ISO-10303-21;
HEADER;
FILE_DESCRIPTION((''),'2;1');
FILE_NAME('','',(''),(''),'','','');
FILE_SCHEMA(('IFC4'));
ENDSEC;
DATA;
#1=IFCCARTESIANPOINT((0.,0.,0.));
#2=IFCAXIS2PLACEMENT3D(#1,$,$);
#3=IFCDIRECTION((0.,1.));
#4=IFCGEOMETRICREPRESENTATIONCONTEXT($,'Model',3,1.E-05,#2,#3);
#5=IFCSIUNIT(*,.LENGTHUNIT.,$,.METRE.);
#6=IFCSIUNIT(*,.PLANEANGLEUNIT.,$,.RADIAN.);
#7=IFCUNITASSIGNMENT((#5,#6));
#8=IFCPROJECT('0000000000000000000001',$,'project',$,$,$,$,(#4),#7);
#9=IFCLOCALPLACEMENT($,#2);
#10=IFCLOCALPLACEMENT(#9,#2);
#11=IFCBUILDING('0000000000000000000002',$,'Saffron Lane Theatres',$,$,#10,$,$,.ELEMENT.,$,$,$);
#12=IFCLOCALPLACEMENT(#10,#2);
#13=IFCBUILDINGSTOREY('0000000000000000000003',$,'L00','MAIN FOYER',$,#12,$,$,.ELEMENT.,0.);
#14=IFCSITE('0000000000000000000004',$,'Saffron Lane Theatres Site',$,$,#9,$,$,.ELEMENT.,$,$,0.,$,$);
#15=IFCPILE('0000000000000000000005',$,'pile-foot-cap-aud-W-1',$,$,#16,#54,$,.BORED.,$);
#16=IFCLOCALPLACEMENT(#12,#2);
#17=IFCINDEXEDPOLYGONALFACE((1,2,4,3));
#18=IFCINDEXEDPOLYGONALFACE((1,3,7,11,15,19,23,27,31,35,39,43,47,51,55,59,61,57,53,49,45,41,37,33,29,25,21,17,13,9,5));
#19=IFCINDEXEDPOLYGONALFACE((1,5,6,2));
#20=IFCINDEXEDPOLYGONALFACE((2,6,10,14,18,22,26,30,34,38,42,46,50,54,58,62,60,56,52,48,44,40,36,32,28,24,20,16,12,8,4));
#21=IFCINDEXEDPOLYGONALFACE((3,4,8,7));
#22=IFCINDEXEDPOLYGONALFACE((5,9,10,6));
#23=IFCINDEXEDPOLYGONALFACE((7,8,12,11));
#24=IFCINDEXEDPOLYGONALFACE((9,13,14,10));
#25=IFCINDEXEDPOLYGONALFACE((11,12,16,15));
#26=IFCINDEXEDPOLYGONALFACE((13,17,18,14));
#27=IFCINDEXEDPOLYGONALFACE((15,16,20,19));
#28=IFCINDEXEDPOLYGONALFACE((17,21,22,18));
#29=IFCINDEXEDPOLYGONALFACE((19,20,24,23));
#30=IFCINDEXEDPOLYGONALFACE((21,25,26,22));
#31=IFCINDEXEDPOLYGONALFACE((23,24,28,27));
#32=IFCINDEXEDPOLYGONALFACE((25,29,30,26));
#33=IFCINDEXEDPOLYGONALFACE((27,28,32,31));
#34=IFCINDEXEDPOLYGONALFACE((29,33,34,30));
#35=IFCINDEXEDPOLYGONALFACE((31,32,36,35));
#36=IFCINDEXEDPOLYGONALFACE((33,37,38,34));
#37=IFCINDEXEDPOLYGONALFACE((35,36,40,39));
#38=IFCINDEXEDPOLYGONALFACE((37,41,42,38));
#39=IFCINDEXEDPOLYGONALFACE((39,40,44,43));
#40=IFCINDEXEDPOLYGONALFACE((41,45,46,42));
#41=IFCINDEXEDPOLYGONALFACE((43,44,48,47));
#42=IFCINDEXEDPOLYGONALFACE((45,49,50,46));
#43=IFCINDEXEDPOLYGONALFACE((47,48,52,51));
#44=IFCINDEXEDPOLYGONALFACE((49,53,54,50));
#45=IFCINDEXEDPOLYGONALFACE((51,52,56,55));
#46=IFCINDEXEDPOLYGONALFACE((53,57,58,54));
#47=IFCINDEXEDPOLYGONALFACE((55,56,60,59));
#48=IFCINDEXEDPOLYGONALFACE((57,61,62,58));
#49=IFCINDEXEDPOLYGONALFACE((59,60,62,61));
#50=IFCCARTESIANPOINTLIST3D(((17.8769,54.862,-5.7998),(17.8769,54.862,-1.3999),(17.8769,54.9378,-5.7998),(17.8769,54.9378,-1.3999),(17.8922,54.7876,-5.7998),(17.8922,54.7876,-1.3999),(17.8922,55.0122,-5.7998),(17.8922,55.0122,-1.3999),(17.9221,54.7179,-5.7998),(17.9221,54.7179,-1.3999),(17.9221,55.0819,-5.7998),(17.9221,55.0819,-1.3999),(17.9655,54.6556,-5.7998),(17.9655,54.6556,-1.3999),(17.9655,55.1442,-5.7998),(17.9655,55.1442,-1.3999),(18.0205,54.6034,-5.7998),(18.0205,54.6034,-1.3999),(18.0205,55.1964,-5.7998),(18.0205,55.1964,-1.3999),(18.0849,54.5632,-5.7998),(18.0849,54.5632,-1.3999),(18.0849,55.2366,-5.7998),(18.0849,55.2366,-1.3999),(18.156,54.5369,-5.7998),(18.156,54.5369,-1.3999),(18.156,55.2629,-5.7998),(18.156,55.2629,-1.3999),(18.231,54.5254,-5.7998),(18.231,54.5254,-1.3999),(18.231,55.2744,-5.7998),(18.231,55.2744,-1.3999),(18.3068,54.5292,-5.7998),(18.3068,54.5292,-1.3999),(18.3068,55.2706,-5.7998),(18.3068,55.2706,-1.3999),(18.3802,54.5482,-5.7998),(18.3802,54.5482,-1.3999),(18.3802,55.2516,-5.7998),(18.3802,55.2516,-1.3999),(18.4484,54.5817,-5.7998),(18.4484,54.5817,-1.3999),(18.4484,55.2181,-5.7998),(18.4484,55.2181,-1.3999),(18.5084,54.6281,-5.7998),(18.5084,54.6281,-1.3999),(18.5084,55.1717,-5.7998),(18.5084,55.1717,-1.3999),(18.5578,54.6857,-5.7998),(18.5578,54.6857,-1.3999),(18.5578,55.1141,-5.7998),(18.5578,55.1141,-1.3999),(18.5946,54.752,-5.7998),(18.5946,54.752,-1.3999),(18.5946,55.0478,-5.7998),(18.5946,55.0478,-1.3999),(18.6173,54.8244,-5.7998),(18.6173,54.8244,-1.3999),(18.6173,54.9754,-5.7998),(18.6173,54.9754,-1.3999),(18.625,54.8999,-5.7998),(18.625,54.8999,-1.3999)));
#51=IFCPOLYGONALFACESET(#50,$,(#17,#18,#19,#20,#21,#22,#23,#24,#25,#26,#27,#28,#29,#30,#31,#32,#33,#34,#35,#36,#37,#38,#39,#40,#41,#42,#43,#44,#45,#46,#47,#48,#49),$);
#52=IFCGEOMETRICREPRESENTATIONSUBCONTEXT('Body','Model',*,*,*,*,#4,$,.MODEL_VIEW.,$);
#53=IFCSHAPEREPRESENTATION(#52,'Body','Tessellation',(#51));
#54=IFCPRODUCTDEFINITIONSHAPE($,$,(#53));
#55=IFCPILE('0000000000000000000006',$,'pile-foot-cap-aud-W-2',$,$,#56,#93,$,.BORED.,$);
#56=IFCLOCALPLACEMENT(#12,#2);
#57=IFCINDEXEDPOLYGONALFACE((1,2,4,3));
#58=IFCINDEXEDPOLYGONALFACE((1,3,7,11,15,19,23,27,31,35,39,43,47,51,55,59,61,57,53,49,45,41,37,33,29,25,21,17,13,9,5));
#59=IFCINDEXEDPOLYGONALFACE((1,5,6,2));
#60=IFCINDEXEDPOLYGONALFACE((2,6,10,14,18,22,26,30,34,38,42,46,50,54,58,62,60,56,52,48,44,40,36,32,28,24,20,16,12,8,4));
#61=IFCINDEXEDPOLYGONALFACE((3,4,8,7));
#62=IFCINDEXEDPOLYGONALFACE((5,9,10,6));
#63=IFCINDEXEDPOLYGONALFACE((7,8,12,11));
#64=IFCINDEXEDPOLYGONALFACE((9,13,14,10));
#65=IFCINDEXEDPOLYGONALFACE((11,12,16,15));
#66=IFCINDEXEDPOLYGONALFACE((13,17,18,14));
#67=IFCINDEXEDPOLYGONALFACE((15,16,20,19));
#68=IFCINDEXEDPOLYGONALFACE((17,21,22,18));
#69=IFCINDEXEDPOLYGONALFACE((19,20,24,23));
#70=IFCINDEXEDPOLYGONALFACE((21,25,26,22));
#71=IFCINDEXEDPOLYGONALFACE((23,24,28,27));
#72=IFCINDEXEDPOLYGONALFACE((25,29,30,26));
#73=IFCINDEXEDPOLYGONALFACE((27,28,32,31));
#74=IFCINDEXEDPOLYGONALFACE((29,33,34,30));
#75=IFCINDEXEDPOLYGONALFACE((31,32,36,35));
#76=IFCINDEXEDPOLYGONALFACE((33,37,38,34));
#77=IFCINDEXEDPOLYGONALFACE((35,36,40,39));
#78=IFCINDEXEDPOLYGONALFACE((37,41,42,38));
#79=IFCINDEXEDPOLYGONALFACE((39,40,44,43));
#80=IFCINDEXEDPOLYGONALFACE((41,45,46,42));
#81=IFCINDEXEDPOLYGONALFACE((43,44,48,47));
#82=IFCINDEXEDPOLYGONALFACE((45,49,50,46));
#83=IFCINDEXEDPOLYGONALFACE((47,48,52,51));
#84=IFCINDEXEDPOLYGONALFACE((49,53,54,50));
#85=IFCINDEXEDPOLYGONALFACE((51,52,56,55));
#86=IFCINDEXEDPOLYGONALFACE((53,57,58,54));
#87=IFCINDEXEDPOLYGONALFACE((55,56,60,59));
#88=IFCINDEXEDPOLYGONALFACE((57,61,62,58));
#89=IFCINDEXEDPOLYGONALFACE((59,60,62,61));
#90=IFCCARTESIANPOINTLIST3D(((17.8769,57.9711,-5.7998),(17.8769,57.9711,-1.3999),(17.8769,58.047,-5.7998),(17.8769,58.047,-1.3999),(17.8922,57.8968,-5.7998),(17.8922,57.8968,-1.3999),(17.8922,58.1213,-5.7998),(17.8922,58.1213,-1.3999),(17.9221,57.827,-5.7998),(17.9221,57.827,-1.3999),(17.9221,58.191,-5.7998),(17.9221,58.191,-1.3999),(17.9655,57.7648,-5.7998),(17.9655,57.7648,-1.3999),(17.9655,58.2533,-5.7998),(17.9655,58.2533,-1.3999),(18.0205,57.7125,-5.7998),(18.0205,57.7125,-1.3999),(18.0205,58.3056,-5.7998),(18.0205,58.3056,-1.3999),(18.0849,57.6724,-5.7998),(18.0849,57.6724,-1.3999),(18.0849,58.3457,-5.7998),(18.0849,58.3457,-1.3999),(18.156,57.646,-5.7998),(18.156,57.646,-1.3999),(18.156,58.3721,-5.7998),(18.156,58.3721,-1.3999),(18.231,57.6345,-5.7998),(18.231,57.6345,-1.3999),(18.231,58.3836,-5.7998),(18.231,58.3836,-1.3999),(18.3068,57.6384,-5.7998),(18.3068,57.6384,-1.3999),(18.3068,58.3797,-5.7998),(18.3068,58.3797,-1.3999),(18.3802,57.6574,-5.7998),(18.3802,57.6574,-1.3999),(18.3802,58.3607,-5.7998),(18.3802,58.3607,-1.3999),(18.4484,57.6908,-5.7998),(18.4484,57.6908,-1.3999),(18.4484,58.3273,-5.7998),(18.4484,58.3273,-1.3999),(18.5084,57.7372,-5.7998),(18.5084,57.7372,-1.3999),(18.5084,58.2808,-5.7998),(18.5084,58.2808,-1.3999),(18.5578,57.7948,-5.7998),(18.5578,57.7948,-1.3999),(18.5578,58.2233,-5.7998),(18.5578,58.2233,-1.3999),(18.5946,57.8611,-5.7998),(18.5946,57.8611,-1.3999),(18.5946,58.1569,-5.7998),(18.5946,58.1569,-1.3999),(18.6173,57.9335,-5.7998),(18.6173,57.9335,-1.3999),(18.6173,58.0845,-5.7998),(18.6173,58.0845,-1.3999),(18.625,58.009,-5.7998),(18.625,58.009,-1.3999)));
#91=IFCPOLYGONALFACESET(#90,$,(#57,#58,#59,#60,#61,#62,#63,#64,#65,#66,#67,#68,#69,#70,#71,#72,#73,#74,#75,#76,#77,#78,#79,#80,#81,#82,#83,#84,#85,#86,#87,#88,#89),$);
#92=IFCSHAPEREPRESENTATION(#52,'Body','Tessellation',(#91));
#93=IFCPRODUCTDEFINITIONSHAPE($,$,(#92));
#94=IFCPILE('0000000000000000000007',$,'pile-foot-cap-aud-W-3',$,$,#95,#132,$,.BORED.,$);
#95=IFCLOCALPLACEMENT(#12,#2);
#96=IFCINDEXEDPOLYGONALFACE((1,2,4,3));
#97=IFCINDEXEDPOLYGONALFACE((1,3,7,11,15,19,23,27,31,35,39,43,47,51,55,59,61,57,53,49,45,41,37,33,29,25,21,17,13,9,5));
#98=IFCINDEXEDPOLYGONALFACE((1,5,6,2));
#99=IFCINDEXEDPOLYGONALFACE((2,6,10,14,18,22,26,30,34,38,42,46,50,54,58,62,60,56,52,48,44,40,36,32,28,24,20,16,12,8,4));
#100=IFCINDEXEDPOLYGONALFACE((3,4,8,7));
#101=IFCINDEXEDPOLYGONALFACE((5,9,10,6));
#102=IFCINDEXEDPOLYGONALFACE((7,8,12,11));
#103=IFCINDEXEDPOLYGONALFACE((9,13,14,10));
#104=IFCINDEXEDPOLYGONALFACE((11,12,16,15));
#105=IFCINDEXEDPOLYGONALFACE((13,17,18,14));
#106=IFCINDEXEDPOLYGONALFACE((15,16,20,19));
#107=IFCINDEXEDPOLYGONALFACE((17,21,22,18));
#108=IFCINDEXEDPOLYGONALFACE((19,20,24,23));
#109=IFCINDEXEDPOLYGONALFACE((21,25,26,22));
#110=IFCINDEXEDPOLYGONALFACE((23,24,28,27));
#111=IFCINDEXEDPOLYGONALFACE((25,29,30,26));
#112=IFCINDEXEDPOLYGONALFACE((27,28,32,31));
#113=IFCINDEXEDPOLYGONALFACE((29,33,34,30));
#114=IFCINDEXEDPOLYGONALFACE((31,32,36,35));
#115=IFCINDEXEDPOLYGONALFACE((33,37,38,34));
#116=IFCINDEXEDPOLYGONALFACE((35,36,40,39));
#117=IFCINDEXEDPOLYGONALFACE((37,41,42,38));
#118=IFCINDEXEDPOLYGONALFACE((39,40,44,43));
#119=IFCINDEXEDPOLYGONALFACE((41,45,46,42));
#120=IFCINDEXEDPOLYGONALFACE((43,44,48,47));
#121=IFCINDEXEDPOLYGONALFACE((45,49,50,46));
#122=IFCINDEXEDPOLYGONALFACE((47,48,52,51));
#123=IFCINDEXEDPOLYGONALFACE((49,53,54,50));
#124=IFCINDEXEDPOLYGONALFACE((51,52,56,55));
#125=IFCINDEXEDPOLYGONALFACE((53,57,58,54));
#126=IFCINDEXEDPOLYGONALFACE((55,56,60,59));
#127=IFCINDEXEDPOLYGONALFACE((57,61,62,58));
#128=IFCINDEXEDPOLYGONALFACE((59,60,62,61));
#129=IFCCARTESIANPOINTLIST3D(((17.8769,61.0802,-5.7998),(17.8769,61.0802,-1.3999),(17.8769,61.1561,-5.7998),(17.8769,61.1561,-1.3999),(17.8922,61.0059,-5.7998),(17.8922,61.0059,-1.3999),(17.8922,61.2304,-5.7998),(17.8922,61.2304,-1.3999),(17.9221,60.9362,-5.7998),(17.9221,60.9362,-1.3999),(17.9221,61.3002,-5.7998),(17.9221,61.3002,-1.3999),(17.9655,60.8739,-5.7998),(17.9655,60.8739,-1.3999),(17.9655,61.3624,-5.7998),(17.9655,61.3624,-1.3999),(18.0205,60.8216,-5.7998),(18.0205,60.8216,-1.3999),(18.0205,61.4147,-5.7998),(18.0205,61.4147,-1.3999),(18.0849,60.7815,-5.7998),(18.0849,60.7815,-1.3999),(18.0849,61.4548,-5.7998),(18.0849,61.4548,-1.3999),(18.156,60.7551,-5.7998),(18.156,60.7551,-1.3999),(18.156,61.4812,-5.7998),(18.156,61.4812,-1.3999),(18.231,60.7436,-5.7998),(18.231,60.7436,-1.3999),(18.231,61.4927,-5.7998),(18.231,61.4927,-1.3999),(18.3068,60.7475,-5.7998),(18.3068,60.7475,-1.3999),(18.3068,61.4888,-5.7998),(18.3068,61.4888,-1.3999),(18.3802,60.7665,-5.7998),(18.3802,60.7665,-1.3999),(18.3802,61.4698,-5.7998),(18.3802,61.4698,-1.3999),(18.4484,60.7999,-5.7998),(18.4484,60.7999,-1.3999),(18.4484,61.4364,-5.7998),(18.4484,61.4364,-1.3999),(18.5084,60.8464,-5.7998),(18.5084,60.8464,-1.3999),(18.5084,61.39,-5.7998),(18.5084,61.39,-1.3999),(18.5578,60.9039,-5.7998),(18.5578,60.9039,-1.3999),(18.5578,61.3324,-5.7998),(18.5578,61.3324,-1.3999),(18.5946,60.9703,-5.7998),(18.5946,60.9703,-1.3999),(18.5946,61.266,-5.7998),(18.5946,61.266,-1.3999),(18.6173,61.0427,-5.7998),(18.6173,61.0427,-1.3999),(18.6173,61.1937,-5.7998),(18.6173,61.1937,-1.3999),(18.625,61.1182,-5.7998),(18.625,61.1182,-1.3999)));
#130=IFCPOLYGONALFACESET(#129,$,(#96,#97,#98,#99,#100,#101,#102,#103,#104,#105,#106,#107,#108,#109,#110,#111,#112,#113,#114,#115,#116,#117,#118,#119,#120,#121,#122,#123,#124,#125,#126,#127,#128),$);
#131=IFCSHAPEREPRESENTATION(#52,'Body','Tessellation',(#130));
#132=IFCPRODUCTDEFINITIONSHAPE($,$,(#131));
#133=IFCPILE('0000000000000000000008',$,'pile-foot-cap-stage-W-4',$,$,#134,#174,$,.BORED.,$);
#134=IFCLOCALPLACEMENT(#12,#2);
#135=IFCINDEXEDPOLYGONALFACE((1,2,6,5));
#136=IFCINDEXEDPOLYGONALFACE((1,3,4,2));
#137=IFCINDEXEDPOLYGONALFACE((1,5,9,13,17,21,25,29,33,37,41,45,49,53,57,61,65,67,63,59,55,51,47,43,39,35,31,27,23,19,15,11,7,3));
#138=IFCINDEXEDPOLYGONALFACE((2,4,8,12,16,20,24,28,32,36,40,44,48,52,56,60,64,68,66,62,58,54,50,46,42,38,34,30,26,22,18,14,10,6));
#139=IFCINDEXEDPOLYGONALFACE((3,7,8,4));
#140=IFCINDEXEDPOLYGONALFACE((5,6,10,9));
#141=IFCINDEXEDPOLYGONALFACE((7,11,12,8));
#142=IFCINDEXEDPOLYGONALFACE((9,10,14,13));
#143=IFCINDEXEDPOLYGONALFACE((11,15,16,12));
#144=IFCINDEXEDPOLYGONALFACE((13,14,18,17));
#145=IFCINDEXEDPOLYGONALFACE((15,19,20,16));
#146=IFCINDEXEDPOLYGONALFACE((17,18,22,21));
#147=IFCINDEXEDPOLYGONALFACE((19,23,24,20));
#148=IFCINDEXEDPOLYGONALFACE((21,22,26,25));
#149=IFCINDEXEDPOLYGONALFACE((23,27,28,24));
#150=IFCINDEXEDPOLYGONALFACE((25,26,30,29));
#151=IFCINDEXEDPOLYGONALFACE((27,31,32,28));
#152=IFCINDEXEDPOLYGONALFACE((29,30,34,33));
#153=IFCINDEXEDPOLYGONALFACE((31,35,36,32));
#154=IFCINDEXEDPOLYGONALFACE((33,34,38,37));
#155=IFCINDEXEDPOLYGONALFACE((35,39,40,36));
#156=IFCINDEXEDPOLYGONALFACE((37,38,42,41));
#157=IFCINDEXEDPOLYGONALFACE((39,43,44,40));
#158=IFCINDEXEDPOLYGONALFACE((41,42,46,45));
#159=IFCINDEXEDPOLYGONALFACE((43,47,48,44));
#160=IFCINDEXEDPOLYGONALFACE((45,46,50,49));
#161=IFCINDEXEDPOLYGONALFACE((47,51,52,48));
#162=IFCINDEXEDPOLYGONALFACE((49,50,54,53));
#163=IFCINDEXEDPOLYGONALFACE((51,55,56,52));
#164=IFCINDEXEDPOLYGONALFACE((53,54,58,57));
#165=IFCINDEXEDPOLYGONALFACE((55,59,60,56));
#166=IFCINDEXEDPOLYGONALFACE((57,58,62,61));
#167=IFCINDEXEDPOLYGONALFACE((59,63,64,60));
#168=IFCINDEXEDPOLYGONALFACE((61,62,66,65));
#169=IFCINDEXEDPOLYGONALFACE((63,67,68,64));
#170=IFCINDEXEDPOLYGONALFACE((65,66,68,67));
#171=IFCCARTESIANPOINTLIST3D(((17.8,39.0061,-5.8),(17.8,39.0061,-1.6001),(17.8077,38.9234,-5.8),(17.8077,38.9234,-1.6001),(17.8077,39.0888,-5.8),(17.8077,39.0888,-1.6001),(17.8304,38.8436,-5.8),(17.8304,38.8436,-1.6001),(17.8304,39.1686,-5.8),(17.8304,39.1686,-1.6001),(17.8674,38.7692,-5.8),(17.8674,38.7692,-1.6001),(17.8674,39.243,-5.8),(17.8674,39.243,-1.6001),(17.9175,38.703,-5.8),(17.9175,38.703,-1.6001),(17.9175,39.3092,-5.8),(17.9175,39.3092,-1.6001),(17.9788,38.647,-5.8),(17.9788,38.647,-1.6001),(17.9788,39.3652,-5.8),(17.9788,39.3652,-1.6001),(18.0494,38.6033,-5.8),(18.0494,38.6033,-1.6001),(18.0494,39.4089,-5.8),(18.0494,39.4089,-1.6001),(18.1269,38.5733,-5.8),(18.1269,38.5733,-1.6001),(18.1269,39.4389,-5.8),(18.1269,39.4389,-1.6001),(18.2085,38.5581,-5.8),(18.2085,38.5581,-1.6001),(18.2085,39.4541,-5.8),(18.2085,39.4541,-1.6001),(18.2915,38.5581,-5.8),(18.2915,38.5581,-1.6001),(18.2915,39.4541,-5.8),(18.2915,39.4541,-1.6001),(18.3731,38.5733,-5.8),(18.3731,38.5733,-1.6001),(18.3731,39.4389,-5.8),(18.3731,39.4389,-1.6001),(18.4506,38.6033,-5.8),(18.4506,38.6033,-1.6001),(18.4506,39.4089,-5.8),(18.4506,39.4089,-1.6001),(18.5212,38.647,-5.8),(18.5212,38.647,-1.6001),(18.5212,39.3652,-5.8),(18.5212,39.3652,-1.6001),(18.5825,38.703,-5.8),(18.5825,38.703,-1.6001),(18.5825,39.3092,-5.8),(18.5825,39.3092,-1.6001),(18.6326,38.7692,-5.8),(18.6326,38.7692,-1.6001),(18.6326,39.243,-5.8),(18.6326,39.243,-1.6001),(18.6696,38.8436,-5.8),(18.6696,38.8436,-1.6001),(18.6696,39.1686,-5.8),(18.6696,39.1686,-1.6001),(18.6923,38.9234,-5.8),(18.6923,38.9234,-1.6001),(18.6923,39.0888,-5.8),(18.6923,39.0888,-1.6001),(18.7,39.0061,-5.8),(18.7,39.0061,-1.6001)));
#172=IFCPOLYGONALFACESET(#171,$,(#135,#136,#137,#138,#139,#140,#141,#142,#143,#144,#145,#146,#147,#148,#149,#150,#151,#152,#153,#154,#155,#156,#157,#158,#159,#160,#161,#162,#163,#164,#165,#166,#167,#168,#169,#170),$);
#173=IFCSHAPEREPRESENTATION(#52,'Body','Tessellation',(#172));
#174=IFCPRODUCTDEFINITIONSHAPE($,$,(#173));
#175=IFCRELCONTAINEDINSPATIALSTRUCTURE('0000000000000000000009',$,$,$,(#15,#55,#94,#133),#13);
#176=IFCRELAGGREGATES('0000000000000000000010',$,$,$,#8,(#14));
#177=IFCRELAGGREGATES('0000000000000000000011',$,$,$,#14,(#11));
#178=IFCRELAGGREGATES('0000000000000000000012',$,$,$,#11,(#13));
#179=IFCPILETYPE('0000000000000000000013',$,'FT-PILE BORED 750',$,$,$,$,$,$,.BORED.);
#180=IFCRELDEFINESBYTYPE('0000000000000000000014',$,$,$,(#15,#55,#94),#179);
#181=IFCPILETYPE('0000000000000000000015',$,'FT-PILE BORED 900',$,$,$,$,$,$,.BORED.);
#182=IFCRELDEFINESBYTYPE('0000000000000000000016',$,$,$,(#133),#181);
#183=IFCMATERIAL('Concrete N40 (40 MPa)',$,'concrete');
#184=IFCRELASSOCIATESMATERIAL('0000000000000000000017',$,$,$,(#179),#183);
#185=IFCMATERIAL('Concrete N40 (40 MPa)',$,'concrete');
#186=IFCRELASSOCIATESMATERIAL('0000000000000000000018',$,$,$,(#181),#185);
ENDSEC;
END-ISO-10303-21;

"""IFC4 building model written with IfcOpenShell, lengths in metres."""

from ifc_helpers import new_model, si_unit, direction, frame, origin, origin_2d, place, context, subcontext, project, spatial, circle, extrude, material, material_profile, profile_set, type_object, element, save


model = new_model("IFC4")

# Units and contexts
model_context = context("Model", 3, precision=1e-05, world=origin(), true_north=direction((0.0, 1.0)))
body_context = subcontext(model_context, "Body", "Model", "MODEL_VIEW")
ifc_project = project(units=[si_unit("LENGTHUNIT", "METRE"), si_unit("PLANEANGLEUNIT", "RADIAN")], contexts=[model_context])

# Site, building, storey
site_placement = place(None, origin())
site = spatial("IfcSite", under=ifc_project, at=site_placement, Name="Saffron Lane Theatres Site", CompositionType="ELEMENT", RefElevation=0.0)
building_placement = place(site_placement, origin())
building = spatial("IfcBuilding", under=site, at=building_placement, Name="Saffron Lane Theatres", CompositionType="ELEMENT")
storey_placement = place(building_placement, origin())
storey = spatial("IfcBuildingStorey", under=building, at=storey_placement, Name="L00", Description="MAIN FOYER", CompositionType="ELEMENT", Elevation=0.0)

# Piles
ifc_material_1 = material(Name="Concrete N40 (40 MPa)", Category="concrete")
ifc_material_profile_1 = material_profile(ifc_material_1, circle(Radius=0.375, at=origin_2d()))
ifc_profile_set_1 = profile_set([ifc_material_profile_1], Name="Concrete N40 (40 MPa)")
pile_type_1 = type_object("IfcPileType", Name="FT-PILE BORED 750", PredefinedType="BORED", material=ifc_profile_set_1)
for number, where, z_axis, x_axis, name in (
    (1, (18.25, 54.8999, -1.3999), (0.0, 0.0, -1.0), (1.0, 0.0, 0.0), "pile-foot-cap-aud-W-1"),
    (2, (18.25, 58.009, -1.3999), (0.0, 0.0, -1.0), (1.0, 0.0, 0.0), "pile-foot-cap-aud-W-2"),
    (3, (18.25, 61.1182, -1.3999), (0.0, 0.0, -1.0), (1.0, 0.0, 0.0), "pile-foot-cap-aud-W-3"),
):
    element("IfcPile", number, at=place(storey_placement, frame(where, z_axis=z_axis, x_axis=x_axis)), inside=storey, type_object=pile_type_1, Name=name, PredefinedType="BORED", context=body_context, shape_type="SweptSolid", body=[
        extrude(circle(Radius=0.375, at=origin_2d()), origin(), (0.0, 0.0, 1.0), 4.3999),
    ])
ifc_material_2 = material(Name="Concrete N40 (40 MPa)", Category="concrete")
ifc_material_profile_2 = material_profile(ifc_material_2, circle(Radius=0.45, at=origin_2d()))
ifc_profile_set_2 = profile_set([ifc_material_profile_2], Name="Concrete N40 (40 MPa)")
pile_type_2 = type_object("IfcPileType", Name="FT-PILE BORED 900", PredefinedType="BORED", material=ifc_profile_set_2)
for number, where, z_axis, x_axis, name in (
    (4, (18.25, 39.0061, -1.6001), (0.0, 0.0, -1.0), (1.0, 0.0, 0.0), "pile-foot-cap-stage-W-4"),
):
    element("IfcPile", number, at=place(storey_placement, frame(where, z_axis=z_axis, x_axis=x_axis)), inside=storey, type_object=pile_type_2, Name=name, PredefinedType="BORED", context=body_context, shape_type="SweptSolid", body=[
        extrude(circle(Radius=0.45, at=origin_2d()), origin(), (0.0, 0.0, 1.0), 4.2),
    ])

save(model, "model.ifc")
